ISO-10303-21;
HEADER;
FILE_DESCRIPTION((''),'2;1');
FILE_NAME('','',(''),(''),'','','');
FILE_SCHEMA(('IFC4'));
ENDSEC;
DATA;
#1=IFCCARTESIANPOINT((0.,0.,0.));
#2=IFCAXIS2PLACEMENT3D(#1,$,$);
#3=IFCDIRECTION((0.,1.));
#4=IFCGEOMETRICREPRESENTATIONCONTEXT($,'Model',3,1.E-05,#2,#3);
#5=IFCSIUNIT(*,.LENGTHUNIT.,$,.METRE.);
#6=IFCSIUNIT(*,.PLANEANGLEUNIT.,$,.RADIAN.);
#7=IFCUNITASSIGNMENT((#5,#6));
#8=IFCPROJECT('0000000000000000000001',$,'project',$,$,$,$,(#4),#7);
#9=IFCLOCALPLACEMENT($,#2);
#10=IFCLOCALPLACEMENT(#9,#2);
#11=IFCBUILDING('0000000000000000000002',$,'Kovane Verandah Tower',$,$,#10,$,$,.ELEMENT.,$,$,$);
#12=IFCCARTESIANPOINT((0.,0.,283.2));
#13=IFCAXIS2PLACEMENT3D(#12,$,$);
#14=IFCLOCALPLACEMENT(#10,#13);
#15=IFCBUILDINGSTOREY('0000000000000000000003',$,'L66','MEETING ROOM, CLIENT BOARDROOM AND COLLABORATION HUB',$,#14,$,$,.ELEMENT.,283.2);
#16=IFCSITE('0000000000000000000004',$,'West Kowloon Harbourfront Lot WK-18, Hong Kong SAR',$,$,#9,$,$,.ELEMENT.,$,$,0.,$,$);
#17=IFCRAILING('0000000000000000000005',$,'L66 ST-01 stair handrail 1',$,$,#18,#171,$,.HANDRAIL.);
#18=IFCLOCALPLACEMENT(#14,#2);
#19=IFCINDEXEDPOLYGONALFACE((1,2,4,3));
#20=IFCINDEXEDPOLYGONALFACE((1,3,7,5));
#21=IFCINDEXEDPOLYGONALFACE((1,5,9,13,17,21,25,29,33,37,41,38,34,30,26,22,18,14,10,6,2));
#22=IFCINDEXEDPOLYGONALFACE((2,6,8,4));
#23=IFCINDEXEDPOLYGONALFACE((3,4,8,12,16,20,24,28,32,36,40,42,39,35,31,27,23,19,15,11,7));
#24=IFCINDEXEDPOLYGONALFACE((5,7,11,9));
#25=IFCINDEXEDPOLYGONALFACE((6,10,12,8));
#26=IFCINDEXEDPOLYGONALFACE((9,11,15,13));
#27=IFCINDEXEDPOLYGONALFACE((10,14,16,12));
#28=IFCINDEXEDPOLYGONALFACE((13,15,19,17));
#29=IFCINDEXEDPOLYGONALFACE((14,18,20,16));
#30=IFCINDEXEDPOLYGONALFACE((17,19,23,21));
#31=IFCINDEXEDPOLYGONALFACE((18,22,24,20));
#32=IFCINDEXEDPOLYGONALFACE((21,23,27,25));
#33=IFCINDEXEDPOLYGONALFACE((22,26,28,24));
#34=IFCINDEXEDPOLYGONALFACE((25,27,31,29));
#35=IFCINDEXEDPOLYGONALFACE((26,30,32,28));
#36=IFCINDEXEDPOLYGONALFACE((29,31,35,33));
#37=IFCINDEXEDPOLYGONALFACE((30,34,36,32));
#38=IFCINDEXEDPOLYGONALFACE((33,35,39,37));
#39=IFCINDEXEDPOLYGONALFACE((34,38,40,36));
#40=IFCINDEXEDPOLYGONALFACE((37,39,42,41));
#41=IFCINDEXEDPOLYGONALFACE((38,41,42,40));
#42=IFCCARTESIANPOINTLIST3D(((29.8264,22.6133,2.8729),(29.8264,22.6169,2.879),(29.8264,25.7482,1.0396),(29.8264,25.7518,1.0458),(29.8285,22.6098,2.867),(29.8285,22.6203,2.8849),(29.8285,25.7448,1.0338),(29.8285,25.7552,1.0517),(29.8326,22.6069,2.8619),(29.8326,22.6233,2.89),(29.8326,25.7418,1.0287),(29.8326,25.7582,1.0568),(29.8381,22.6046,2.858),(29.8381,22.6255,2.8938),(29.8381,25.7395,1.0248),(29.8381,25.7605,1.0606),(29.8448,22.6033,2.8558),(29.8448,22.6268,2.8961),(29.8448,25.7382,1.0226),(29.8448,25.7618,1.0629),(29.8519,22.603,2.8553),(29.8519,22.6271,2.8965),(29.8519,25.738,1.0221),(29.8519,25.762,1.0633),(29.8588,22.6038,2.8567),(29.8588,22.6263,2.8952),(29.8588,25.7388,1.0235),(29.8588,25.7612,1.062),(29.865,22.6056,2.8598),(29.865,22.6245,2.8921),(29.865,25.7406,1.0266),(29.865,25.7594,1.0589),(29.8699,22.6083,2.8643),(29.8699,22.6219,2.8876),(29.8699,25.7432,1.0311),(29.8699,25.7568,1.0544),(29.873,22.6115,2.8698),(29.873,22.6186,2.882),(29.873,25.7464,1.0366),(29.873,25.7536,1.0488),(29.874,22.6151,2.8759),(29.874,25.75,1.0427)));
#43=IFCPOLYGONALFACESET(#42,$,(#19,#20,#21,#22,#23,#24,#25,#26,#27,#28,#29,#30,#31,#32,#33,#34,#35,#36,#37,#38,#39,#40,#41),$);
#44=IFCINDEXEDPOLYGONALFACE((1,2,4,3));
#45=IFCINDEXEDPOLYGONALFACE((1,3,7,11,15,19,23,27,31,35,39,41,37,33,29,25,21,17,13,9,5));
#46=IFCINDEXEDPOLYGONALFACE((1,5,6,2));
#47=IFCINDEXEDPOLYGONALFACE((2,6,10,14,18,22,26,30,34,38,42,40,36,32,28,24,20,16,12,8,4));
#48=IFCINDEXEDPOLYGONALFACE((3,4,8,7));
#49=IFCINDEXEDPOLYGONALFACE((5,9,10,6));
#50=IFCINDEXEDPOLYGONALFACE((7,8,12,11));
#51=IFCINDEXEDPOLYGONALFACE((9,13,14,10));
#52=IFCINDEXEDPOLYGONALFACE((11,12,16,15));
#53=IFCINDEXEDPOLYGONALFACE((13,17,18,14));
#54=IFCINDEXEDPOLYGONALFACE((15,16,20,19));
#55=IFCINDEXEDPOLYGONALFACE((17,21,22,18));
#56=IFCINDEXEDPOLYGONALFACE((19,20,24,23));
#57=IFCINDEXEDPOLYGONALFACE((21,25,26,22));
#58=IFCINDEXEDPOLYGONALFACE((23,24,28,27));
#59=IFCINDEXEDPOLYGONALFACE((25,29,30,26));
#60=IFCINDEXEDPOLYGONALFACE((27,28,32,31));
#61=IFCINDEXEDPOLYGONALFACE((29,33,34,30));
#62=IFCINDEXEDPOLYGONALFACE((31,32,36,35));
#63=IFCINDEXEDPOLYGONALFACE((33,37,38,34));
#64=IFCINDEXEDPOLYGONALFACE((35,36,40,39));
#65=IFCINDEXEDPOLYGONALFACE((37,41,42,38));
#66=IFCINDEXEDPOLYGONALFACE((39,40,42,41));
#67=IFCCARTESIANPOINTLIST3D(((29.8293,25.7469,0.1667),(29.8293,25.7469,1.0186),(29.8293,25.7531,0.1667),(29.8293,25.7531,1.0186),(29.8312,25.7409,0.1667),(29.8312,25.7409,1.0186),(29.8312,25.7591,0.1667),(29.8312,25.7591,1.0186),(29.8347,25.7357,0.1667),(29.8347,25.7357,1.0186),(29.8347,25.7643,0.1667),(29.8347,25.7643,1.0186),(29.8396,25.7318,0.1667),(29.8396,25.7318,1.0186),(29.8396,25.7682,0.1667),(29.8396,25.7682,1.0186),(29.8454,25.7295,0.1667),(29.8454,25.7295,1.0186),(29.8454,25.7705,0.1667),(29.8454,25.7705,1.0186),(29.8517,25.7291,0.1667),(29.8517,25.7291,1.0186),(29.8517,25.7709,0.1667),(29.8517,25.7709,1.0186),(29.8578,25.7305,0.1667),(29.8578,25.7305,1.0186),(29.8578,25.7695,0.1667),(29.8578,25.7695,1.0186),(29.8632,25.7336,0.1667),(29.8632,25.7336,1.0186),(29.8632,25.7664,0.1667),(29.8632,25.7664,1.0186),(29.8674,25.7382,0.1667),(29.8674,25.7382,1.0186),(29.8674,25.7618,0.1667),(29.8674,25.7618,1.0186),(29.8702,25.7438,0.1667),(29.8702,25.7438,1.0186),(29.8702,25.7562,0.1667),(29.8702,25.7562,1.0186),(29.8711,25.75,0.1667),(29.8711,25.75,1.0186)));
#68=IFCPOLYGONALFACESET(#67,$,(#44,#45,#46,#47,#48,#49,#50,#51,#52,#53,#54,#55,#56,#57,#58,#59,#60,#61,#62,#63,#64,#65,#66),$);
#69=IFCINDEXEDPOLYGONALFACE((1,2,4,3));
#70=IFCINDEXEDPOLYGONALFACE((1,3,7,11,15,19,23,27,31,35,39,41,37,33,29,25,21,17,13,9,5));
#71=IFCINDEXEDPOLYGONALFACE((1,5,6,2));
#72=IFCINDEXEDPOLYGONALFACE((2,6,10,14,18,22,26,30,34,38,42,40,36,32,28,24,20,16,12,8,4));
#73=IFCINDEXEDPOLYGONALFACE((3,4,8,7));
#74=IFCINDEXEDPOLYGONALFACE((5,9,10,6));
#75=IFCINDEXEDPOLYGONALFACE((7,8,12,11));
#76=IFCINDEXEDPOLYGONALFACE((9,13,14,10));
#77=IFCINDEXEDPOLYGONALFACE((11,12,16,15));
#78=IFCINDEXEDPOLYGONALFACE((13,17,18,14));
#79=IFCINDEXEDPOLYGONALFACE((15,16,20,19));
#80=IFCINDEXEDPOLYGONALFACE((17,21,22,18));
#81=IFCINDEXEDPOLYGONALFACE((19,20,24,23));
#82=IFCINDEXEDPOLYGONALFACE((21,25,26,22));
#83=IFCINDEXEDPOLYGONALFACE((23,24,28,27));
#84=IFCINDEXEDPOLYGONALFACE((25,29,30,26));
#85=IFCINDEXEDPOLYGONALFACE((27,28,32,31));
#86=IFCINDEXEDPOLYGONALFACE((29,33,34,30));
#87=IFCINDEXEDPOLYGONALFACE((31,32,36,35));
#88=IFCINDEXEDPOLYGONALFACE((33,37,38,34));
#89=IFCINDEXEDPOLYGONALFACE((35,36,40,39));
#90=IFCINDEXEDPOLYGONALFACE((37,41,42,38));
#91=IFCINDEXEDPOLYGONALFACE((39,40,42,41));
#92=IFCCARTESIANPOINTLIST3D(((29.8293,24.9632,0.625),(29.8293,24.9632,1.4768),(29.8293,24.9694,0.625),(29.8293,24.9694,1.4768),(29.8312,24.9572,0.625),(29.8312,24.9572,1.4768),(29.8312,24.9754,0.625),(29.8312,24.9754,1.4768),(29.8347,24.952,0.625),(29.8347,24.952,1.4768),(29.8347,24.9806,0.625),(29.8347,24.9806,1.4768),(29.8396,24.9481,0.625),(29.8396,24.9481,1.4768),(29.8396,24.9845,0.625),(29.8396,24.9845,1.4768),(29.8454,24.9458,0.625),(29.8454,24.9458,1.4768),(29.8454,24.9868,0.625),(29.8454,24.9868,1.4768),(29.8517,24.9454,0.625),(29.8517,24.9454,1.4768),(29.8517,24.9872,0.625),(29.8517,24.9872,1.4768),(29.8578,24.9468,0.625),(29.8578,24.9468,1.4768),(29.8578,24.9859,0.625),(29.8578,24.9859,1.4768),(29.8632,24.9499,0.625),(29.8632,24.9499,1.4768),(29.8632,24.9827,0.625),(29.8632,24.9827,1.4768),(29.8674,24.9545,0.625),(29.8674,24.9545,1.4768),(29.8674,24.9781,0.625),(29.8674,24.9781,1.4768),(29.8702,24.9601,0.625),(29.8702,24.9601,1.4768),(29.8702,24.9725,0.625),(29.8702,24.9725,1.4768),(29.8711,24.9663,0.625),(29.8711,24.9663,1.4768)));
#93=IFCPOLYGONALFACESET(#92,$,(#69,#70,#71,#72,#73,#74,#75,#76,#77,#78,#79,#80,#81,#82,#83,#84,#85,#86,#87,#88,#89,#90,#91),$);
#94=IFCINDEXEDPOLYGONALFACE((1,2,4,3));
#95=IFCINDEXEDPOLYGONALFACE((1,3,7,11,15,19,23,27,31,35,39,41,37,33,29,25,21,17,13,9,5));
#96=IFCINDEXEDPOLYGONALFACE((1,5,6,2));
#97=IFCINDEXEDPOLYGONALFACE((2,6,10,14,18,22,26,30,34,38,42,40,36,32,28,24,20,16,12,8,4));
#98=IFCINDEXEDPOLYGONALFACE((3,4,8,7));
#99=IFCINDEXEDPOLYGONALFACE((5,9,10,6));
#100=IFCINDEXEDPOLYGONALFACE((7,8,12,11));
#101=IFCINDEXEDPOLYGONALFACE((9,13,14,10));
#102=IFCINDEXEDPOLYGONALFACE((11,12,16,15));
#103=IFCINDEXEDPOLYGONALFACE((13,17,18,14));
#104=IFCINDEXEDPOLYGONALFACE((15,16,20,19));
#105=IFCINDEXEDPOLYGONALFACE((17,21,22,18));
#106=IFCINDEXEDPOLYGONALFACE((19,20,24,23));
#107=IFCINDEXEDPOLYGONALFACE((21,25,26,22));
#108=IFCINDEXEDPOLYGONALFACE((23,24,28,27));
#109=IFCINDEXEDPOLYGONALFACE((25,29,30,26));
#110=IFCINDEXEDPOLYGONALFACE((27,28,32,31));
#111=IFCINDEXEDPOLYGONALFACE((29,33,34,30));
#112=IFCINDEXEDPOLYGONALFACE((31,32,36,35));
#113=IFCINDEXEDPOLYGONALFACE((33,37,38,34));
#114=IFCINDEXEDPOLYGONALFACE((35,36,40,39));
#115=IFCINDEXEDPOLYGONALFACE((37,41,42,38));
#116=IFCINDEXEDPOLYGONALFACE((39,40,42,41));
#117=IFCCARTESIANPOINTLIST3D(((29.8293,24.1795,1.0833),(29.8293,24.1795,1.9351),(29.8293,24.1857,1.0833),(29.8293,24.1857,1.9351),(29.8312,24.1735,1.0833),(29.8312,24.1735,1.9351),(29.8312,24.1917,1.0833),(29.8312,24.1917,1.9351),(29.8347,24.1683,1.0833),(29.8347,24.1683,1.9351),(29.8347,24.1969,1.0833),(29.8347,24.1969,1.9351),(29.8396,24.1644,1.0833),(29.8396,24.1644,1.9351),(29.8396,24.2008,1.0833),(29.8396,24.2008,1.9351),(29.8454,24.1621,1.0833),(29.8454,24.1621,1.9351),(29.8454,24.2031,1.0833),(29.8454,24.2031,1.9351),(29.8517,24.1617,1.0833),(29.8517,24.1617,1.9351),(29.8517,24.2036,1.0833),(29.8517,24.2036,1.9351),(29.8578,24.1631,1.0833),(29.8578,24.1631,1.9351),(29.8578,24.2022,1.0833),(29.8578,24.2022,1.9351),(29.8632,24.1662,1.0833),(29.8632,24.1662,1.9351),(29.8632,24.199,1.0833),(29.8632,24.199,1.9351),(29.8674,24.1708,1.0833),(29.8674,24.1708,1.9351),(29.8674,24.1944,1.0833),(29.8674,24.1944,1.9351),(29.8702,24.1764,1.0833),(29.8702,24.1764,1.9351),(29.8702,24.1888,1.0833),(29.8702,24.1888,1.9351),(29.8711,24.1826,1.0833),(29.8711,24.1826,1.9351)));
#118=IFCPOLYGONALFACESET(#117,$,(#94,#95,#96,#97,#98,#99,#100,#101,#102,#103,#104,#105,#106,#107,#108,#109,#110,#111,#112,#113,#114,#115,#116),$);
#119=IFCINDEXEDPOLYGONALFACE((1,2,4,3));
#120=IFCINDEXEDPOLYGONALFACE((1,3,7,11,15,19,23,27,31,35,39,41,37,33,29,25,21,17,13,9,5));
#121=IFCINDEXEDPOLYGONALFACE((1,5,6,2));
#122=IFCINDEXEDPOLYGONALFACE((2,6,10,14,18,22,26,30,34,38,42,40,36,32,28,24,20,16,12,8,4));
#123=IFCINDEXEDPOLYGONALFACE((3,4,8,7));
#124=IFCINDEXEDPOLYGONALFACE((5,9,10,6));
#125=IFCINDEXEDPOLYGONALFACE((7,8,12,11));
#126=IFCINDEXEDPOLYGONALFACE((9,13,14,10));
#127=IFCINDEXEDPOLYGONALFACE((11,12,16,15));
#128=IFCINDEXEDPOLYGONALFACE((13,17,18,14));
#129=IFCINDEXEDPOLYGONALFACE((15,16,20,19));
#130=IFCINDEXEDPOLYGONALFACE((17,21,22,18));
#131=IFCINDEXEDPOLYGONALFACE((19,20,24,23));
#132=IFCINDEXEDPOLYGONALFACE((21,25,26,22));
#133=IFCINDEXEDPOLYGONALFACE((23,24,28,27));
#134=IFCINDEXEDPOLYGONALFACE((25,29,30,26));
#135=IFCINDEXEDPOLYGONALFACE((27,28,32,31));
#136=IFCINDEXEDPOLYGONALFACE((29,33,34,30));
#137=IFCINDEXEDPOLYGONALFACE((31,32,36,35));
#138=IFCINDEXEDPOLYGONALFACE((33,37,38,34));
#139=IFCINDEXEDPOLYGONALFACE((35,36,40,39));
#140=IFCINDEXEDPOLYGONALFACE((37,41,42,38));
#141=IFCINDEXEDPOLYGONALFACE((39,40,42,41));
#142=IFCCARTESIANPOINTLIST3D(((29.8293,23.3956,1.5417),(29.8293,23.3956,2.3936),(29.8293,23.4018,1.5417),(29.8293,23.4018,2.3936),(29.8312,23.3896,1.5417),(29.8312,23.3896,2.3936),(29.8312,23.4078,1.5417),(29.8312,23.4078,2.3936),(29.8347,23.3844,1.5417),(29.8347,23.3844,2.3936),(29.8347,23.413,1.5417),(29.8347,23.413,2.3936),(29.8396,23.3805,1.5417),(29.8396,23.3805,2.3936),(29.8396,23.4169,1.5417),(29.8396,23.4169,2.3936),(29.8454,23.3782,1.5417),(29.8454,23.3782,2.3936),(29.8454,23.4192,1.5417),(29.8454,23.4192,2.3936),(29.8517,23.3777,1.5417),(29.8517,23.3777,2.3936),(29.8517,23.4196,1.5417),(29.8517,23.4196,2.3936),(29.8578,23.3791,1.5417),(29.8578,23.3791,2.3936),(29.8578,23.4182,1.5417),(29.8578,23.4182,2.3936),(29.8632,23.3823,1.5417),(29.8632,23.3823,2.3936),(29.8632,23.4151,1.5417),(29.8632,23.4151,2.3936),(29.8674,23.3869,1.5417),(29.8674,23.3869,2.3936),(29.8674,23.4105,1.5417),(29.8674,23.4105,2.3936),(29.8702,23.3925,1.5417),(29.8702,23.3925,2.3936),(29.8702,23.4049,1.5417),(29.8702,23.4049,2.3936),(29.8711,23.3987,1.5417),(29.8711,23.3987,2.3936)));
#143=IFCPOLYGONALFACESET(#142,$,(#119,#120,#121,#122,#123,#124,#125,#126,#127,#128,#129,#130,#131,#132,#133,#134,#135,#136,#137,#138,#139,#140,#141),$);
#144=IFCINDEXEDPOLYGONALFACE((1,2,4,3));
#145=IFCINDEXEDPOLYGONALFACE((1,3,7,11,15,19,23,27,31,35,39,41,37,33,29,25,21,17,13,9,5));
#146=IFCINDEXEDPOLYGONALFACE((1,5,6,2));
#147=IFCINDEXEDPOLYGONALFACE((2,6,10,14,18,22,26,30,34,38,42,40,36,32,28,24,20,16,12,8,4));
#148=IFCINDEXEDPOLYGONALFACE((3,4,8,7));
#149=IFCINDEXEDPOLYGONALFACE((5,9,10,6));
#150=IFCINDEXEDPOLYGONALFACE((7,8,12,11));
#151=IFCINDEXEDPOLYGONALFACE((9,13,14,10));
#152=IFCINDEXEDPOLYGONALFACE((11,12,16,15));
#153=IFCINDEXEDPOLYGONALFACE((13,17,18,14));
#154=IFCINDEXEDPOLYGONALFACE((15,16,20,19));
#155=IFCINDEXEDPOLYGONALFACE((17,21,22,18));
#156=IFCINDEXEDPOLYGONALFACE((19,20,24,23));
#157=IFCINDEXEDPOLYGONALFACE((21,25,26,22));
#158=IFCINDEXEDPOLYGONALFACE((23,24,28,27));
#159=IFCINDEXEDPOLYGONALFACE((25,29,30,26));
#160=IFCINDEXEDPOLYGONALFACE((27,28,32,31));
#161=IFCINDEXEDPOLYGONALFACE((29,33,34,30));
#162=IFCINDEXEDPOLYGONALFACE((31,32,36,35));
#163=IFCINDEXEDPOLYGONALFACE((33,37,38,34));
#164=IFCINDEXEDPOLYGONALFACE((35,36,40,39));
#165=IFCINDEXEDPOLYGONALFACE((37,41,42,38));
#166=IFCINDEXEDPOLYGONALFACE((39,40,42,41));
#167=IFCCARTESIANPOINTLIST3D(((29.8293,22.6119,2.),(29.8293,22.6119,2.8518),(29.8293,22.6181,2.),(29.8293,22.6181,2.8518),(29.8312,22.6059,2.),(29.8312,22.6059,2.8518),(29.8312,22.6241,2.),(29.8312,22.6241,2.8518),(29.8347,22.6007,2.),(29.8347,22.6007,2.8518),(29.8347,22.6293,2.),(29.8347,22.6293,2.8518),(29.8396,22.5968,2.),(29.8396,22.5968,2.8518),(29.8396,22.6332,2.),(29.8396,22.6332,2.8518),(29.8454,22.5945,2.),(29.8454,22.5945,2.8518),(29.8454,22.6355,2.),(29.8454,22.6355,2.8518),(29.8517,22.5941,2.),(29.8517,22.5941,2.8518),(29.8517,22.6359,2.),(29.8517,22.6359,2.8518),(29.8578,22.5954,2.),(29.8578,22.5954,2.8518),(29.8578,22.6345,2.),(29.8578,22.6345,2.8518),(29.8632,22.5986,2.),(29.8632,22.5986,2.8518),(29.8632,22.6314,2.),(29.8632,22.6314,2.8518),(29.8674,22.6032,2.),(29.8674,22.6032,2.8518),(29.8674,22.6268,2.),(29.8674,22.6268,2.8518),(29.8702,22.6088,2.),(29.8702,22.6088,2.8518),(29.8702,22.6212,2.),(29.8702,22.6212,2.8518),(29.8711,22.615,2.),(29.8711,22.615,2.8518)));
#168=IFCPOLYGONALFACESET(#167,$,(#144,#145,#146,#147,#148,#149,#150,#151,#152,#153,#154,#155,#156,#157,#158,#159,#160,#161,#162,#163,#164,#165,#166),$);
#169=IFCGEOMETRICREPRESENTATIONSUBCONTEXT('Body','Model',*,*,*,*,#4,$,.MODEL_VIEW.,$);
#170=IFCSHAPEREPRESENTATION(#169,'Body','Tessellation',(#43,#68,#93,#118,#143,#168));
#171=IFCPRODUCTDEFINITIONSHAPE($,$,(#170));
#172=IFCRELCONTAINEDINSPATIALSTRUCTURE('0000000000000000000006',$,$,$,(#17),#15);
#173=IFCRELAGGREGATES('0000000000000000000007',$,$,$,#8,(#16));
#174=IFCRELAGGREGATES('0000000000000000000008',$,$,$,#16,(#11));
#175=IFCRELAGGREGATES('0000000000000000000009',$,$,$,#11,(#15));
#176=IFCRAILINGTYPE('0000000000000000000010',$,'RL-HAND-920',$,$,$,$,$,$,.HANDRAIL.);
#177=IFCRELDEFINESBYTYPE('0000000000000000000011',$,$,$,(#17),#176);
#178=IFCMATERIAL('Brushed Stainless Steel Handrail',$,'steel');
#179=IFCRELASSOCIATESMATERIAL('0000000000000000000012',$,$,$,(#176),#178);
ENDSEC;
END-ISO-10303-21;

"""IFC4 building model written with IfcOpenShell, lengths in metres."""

from ifc_helpers import new_model, si_unit, direction, frame, origin, origin_2d, place, context, subcontext, project, spatial, circle, extrude, material, type_object, element, save


model = new_model("IFC4")

# Units and contexts
model_context = context("Model", 3, precision=1e-05, world=origin(), true_north=direction((0.0, 1.0)))
body_context = subcontext(model_context, "Body", "Model", "MODEL_VIEW")
ifc_project = project(units=[si_unit("LENGTHUNIT", "METRE"), si_unit("PLANEANGLEUNIT", "RADIAN")], contexts=[model_context])

# Site, building, storey
site_placement = place(None, origin())
site = spatial("IfcSite", under=ifc_project, at=site_placement, Name="West Kowloon Harbourfront Lot WK-18, Hong Kong SAR", CompositionType="ELEMENT", RefElevation=0.0)
building_placement = place(site_placement, origin())
building = spatial("IfcBuilding", under=site, at=building_placement, Name="Kovane Verandah Tower", CompositionType="ELEMENT")
storey_placement = place(building_placement, frame((0.0, 0.0, 283.2)))
storey = spatial("IfcBuildingStorey", under=building, at=storey_placement, Name="L66", Description="MEETING ROOM, CLIENT BOARDROOM AND COLLABORATION HUB", CompositionType="ELEMENT", Elevation=283.2)

# Railing
ifc_material_1 = material(Name="Brushed Stainless Steel Handrail", Category="steel")
railing_type_1 = type_object("IfcRailingType", Name="RL-HAND-920", PredefinedType="HANDRAIL", material=ifc_material_1)
railing_1_placement = place(storey_placement, frame((29.8501, 25.75, 0.1667)))
element("IfcRailing", 1, at=railing_1_placement, inside=storey, type_object=railing_type_1, Name="L66 ST-01 stair handrail 1", PredefinedType="HANDRAIL", context=body_context, shape_type="SweptSolid", body=[
    extrude(circle(Radius=0.0239, at=origin_2d()), frame((0.0, 0.0, 0.876), z_axis=(0.0, -0.86324, 0.504794), x_axis=(1.0, 0.0, 0.0)), (0.0, 0.0, 1.0), 3.6316),
    extrude(circle(Radius=0.021, at=origin_2d()), origin(), (0.0, 0.0, 1.0), 0.8518),
    extrude(circle(Radius=0.021, at=origin_2d()), frame((0.0, -0.7837, 0.4583)), (0.0, 0.0, 1.0), 0.8518),
    extrude(circle(Radius=0.021, at=origin_2d()), frame((0.0, -1.5674, 0.9165)), (0.0, 0.0, 1.0), 0.8518),
    extrude(circle(Radius=0.021, at=origin_2d()), frame((0.0, -2.3513, 1.375)), (0.0, 0.0, 1.0), 0.8518),
    extrude(circle(Radius=0.021, at=origin_2d()), frame((0.0, -3.135, 1.8333)), (0.0, 0.0, 1.0), 0.8518),
])

save(model, "model.ifc")
